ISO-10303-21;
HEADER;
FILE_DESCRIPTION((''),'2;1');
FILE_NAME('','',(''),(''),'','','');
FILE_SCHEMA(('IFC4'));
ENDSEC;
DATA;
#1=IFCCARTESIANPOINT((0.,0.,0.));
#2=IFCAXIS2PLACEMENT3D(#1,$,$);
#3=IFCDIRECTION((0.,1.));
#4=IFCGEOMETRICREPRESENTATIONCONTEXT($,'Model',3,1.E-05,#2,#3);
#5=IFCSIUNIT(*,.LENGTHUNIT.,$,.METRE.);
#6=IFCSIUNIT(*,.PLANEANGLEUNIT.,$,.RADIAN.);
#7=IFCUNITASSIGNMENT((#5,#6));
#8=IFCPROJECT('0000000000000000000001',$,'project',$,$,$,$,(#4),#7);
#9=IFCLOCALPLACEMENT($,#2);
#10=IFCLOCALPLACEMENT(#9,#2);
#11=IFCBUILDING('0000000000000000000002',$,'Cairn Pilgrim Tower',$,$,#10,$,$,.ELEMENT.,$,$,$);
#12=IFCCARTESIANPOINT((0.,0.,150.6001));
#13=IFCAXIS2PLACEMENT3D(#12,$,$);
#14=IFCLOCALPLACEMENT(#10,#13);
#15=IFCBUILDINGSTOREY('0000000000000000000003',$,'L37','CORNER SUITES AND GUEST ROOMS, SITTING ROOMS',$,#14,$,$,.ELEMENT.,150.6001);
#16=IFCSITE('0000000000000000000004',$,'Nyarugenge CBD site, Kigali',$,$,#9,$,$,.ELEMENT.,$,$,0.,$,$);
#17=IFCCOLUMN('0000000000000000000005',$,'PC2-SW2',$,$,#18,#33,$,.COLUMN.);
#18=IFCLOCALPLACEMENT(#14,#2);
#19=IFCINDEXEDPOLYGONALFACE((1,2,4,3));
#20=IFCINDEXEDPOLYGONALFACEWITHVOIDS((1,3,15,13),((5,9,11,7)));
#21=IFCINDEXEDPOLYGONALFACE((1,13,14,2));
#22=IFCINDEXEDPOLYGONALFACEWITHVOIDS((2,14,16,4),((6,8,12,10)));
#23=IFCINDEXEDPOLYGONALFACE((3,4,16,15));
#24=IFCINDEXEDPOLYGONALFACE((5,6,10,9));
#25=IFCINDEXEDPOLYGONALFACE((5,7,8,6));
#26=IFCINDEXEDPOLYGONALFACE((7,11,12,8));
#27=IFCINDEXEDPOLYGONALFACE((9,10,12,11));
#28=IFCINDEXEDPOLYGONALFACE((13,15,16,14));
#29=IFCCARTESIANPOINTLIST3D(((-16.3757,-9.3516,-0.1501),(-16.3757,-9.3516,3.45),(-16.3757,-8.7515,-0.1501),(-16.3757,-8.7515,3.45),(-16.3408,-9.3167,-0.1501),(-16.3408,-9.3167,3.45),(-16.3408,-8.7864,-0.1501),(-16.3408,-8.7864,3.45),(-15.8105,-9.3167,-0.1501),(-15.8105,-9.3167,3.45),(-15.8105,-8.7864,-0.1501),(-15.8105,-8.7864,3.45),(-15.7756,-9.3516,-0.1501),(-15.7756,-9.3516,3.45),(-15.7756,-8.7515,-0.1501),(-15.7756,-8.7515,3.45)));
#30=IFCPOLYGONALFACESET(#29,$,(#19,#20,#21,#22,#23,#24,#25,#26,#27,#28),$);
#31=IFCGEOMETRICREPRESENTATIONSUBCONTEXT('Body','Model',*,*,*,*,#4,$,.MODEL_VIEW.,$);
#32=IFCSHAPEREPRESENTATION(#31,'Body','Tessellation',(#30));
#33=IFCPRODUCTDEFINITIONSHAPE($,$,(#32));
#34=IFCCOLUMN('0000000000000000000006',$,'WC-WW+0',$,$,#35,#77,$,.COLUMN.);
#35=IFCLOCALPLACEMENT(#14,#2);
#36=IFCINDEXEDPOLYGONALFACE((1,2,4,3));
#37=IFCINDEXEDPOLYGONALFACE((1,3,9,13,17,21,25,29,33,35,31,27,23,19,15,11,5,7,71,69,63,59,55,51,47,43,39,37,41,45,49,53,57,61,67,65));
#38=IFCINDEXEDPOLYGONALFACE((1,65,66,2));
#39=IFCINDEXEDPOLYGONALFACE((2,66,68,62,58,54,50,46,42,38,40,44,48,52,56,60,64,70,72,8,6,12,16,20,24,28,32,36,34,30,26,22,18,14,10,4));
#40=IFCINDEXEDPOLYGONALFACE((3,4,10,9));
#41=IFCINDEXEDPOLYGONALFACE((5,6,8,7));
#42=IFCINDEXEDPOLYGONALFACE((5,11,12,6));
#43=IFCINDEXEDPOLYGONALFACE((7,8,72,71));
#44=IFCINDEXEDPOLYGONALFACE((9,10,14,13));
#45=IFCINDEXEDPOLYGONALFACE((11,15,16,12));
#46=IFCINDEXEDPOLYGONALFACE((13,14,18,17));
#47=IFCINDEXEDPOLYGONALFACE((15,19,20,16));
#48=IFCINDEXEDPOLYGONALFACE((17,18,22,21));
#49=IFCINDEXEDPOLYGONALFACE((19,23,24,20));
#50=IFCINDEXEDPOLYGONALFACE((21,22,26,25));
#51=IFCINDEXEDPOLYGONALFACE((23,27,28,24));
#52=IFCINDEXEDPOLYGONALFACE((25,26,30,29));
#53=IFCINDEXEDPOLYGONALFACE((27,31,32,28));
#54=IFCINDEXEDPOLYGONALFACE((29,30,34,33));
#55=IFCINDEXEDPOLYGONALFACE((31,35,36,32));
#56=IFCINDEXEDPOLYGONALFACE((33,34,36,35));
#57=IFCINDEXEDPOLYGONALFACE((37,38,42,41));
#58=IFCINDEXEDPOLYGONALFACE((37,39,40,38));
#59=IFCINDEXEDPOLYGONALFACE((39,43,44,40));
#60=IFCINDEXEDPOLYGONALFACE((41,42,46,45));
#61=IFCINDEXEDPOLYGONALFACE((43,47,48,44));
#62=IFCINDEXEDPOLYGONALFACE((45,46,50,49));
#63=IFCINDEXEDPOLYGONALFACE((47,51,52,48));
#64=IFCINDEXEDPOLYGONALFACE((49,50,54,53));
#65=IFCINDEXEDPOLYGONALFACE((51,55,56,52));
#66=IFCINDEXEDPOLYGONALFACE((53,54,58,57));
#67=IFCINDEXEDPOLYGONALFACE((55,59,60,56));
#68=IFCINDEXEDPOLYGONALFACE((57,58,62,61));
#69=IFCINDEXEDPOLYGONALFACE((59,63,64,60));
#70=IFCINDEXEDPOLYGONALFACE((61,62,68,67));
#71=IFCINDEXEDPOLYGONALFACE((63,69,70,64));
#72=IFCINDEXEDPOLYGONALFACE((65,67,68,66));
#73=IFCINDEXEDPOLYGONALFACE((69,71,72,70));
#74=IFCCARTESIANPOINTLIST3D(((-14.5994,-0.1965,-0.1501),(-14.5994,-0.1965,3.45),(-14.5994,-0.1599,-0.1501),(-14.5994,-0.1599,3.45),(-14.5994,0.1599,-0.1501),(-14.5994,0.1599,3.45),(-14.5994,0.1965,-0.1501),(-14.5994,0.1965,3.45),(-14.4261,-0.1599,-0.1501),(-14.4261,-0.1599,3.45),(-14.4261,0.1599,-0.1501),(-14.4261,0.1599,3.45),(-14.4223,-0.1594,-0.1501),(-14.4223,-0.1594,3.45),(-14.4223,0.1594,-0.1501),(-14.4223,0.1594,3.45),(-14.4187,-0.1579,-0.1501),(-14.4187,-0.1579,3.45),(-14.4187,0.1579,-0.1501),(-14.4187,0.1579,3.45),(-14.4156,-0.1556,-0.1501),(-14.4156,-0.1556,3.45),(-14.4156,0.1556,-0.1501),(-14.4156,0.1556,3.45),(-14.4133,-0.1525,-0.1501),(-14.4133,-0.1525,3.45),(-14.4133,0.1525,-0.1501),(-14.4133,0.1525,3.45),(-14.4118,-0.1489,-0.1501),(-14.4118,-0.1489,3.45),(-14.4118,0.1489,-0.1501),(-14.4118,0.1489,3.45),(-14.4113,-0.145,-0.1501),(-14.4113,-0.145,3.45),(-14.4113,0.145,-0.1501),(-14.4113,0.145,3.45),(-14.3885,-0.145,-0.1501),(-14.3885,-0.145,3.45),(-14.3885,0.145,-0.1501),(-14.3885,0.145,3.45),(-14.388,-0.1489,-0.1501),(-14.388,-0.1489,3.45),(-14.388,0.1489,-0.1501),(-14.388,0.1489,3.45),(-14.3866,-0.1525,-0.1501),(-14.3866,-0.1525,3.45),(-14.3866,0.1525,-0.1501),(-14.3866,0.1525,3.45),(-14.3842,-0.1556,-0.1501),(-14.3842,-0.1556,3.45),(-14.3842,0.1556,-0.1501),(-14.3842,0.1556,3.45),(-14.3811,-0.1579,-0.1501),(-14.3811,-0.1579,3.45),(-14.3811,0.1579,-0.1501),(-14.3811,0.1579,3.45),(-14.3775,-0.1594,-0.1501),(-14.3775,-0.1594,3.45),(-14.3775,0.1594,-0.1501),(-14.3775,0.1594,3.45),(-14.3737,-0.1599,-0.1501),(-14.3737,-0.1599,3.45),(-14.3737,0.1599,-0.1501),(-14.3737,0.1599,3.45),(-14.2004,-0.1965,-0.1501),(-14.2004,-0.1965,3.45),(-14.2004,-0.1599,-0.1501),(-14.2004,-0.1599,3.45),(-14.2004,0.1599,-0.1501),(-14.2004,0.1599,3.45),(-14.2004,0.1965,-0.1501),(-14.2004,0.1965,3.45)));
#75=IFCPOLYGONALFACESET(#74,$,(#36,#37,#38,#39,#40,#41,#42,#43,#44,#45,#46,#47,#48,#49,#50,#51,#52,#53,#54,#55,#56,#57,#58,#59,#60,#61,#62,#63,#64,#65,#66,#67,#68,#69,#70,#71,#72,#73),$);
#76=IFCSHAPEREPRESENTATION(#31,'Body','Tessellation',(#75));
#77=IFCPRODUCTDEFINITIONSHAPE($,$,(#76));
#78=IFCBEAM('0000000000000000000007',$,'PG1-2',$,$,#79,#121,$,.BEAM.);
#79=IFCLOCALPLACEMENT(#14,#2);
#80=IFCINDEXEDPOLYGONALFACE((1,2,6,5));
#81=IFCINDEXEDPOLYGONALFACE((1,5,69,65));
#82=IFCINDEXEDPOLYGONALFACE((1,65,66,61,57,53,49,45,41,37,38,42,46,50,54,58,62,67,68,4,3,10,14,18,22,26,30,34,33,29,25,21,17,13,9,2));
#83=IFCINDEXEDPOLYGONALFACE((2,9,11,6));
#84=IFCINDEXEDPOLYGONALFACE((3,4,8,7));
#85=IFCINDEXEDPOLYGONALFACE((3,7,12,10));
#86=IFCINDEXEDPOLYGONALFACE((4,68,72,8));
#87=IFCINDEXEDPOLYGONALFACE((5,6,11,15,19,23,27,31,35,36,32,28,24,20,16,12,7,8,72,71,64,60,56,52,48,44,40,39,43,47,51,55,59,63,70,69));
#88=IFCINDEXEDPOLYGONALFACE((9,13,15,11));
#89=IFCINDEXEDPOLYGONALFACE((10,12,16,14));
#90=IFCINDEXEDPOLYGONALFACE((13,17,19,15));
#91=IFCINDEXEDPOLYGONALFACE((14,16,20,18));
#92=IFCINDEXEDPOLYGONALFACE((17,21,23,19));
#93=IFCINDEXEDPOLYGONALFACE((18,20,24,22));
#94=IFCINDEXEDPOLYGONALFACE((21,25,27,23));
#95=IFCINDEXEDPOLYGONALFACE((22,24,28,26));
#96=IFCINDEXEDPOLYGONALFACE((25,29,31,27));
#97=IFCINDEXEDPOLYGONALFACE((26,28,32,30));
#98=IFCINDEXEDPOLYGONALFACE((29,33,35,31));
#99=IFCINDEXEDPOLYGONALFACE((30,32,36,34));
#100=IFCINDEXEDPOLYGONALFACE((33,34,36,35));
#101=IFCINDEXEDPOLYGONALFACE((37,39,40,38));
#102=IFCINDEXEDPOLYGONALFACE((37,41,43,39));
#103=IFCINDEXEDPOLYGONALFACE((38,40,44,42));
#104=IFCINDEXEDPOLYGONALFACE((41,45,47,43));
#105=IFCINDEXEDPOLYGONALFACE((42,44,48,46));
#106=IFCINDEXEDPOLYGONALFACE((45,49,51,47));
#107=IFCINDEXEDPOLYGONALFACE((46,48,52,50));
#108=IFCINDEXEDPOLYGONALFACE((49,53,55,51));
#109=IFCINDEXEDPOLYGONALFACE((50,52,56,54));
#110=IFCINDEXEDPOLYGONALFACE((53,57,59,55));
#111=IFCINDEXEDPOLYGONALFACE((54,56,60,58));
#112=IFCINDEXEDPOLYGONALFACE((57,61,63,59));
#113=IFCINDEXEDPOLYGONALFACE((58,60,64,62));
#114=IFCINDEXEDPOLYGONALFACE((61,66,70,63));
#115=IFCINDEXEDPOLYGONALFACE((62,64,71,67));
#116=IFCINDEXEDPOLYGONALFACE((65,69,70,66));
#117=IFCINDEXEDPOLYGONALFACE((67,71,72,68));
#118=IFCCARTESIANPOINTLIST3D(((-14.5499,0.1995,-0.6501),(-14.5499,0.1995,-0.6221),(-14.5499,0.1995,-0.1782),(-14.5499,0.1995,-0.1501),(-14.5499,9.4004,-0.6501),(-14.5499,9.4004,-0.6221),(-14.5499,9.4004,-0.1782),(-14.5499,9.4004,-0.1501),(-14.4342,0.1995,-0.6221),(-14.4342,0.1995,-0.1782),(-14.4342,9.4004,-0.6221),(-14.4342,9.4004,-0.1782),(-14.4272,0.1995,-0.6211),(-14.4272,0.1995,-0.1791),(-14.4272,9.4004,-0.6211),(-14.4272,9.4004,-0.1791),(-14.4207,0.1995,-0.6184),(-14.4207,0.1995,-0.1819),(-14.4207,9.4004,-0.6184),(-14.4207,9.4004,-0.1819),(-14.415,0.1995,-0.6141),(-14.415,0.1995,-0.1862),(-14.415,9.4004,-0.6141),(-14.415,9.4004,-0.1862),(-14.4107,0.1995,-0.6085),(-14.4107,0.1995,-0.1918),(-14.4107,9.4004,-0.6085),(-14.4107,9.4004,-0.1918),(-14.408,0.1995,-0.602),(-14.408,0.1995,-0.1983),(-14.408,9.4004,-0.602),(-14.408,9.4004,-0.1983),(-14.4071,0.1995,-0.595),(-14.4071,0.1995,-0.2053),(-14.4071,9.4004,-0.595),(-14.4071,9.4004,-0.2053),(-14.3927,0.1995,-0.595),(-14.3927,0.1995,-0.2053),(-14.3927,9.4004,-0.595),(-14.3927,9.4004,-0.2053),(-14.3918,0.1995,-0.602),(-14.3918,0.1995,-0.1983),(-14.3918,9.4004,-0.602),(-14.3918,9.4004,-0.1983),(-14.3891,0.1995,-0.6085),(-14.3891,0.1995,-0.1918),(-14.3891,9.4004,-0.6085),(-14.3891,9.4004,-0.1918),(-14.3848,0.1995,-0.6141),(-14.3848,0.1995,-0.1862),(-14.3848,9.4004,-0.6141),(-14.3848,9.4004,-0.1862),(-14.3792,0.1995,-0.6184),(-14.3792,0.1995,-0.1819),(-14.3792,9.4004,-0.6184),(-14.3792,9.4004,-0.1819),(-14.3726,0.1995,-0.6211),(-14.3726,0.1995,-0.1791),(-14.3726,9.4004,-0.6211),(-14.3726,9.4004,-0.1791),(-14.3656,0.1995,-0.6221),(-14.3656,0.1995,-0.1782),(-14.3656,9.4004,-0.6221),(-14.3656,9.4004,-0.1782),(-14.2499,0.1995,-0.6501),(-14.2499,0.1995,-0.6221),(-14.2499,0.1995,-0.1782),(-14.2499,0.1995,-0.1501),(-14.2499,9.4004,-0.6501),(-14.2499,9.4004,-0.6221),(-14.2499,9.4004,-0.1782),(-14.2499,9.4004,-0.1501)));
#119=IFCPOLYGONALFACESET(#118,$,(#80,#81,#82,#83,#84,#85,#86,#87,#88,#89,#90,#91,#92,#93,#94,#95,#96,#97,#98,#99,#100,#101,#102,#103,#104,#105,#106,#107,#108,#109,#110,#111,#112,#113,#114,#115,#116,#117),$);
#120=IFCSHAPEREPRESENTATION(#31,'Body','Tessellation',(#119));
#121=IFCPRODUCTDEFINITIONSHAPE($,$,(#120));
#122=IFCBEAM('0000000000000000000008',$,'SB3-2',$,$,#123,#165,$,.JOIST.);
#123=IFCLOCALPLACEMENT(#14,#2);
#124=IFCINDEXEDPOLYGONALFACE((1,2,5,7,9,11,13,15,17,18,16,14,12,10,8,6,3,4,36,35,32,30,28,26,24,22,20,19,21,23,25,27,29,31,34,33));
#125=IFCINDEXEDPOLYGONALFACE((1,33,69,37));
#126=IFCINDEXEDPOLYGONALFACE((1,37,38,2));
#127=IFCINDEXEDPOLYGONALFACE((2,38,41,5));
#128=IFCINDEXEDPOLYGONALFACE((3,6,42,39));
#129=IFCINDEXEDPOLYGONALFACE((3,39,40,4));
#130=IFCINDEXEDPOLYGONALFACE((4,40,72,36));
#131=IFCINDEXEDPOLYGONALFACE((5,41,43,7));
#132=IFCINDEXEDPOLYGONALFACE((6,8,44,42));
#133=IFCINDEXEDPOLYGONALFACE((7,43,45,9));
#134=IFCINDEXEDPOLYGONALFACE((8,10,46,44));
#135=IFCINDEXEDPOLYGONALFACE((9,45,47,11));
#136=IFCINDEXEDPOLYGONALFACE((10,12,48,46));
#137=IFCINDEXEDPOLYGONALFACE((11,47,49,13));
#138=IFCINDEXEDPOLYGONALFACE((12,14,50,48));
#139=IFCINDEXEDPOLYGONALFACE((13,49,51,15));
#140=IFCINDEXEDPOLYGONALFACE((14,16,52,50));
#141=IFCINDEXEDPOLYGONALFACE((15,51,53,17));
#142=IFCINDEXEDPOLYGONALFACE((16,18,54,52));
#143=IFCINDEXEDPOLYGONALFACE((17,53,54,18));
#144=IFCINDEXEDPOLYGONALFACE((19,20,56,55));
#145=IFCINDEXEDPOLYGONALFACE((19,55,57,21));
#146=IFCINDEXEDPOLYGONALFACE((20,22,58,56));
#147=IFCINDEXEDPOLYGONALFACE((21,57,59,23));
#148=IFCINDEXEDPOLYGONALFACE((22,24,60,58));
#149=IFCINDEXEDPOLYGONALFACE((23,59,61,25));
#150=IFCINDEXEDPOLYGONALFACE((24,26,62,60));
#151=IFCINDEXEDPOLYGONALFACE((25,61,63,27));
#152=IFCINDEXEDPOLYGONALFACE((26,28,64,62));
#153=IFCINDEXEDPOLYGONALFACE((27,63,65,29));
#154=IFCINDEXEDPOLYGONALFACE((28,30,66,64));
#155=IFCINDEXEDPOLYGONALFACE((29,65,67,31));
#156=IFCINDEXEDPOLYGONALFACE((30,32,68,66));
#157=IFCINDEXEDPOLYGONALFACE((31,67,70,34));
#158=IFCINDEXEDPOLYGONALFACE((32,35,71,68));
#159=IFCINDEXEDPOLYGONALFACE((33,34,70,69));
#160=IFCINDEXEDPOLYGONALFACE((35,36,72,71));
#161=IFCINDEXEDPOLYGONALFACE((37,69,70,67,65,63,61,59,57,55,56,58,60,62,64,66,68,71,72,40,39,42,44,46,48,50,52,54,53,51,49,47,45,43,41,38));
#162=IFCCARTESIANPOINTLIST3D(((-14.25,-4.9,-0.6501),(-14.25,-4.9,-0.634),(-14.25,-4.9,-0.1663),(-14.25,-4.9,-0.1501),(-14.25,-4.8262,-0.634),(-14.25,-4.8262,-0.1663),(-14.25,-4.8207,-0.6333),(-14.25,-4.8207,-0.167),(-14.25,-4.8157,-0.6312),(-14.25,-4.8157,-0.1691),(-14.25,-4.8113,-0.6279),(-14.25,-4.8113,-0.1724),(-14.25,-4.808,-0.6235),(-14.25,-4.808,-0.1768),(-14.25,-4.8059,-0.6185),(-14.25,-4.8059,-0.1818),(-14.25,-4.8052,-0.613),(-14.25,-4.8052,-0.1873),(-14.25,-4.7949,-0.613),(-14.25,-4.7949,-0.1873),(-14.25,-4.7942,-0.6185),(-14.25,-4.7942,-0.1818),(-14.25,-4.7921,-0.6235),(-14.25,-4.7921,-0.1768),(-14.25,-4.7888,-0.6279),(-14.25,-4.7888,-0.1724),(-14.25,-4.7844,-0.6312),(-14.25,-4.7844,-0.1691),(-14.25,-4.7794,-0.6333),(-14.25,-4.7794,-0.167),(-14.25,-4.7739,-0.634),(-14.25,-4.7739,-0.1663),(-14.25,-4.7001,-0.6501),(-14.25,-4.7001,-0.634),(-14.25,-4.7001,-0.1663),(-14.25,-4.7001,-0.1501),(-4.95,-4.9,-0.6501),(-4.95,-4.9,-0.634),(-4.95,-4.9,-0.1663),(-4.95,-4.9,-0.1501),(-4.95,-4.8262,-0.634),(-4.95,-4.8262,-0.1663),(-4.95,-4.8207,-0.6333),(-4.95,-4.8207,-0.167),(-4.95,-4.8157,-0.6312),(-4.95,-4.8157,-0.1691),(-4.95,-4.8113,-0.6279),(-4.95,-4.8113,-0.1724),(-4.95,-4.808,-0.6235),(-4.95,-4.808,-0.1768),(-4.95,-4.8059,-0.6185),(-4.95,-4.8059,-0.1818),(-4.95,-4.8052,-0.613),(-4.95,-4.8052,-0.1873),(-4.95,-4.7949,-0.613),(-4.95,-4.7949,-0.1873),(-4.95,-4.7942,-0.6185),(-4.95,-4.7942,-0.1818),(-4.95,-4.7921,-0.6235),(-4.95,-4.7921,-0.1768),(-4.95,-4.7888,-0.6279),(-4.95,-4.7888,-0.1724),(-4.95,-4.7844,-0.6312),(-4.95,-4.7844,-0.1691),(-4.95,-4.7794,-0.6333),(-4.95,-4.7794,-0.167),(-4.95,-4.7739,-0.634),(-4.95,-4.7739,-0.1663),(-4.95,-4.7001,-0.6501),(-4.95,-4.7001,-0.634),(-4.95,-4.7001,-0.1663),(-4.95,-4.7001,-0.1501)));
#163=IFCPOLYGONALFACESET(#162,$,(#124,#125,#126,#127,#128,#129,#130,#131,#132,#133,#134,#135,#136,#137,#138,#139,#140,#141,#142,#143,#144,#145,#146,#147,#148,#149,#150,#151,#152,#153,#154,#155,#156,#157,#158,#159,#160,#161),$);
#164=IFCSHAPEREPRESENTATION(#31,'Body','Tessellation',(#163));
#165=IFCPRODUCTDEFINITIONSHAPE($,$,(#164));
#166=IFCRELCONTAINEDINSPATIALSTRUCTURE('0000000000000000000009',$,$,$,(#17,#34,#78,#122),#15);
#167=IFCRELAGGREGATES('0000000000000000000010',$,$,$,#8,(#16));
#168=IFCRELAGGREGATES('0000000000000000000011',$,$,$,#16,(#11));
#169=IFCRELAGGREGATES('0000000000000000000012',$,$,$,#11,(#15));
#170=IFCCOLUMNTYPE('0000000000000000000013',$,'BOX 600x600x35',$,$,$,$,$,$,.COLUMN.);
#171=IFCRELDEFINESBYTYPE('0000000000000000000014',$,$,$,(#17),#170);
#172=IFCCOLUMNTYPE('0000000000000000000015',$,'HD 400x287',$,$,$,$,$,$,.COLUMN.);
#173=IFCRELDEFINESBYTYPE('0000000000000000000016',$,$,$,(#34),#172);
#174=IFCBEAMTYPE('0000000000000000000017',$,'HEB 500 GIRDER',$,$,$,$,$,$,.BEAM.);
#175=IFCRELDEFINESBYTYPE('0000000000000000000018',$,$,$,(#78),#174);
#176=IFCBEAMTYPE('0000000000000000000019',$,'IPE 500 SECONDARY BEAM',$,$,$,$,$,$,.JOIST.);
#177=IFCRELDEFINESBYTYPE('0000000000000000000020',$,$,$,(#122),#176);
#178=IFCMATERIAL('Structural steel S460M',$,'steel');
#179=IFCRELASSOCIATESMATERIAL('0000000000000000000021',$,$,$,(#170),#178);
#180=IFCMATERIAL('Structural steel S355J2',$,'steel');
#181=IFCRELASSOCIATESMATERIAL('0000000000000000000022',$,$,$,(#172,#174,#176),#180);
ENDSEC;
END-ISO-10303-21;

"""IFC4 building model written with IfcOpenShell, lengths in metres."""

from ifc_helpers import new_model, si_unit, direction, frame, origin, origin_2d, place, context, subcontext, project, spatial, hollow_rectangle, i_section, extrude, material, material_profile, profile_set, type_object, element, save


model = new_model("IFC4")

# Units and contexts
model_context = context("Model", 3, precision=1e-05, world=origin(), true_north=direction((0.0, 1.0)))
body_context = subcontext(model_context, "Body", "Model", "MODEL_VIEW")
ifc_project = project(units=[si_unit("LENGTHUNIT", "METRE"), si_unit("PLANEANGLEUNIT", "RADIAN")], contexts=[model_context])

# Site, building, storey
site_placement = place(None, origin())
site = spatial("IfcSite", under=ifc_project, at=site_placement, Name="Nyarugenge CBD site, Kigali", CompositionType="ELEMENT", RefElevation=0.0)
building_placement = place(site_placement, origin())
building = spatial("IfcBuilding", under=site, at=building_placement, Name="Cairn Pilgrim Tower", CompositionType="ELEMENT")
storey_placement = place(building_placement, frame((0.0, 0.0, 150.6001)))
storey = spatial("IfcBuildingStorey", under=building, at=storey_placement, Name="L37", Description="CORNER SUITES AND GUEST ROOMS, SITTING ROOMS", CompositionType="ELEMENT", Elevation=150.6001)

# Columns
ifc_material_1 = material(Name="Structural steel S460M", Category="steel")
ifc_material_profile_1 = material_profile(ifc_material_1, hollow_rectangle(XDim=0.6001, YDim=0.6001, WallThickness=0.0349, at=origin_2d()), Name="BOX 600x600x35")
ifc_profile_set_1 = profile_set([ifc_material_profile_1], Name="Structural steel S460M")
column_type_1 = type_object("IfcColumnType", Name="BOX 600x600x35", PredefinedType="COLUMN", material=ifc_profile_set_1)
column_1_placement = place(storey_placement, frame((-16.0757, -9.0515, -0.1501), z_axis=(0.0, 0.0, 1.0), x_axis=(1.0, 0.0, 0.0)))
element("IfcColumn", 1, at=column_1_placement, inside=storey, type_object=column_type_1, Name="PC2-SW2", PredefinedType="COLUMN", context=body_context, shape_type="SweptSolid", body=[
    extrude(hollow_rectangle(XDim=0.6001, YDim=0.6001, WallThickness=0.0349, at=origin_2d()), origin(), (0.0, 0.0, 1.0), 3.6001),
])
ifc_material_2 = material(Name="Structural steel S355J2", Category="steel")
ifc_material_profile_2 = material_profile(ifc_material_2, i_section(OverallWidth=0.3989, OverallDepth=0.3931, WebThickness=0.0227, FlangeThickness=0.0366, FilletRadius=0.0149, at=origin_2d()), Name="HD 400x287")
ifc_profile_set_2 = profile_set([ifc_material_profile_2], Name="Structural steel S355J2")
column_type_2 = type_object("IfcColumnType", Name="HD 400x287", PredefinedType="COLUMN", material=ifc_profile_set_2)
column_2_placement = place(storey_placement, frame((-14.3999, 0.0, -0.1501), z_axis=(0.0, 0.0, 1.0), x_axis=(1.0, 0.0, 0.0)))
element("IfcColumn", 2, at=column_2_placement, inside=storey, type_object=column_type_2, Name="WC-WW+0", PredefinedType="COLUMN", context=body_context, shape_type="SweptSolid", body=[
    extrude(i_section(OverallWidth=0.3989, OverallDepth=0.3931, WebThickness=0.0227, FlangeThickness=0.0366, FilletRadius=0.0149, at=origin_2d()), origin(), (0.0, 0.0, 1.0), 3.6001),
])

# Beams
ifc_material_profile_3 = material_profile(ifc_material_2, i_section(OverallWidth=0.3, OverallDepth=0.5, WebThickness=0.0144, FlangeThickness=0.0281, FilletRadius=0.0271, at=origin_2d()), Name="HEB 500")
ifc_profile_set_3 = profile_set([ifc_material_profile_3], Name="Structural steel S355J2")
beam_type_1 = type_object("IfcBeamType", Name="HEB 500 GIRDER", PredefinedType="BEAM", material=ifc_profile_set_3)
beam_placement = place(storey_placement, frame((-14.3999, 0.1995, -0.4001), z_axis=(0.0, 1.0, 0.0), x_axis=(-1.0, 0.0, 0.0)))
element("IfcBeam", 3, at=beam_placement, inside=storey, type_object=beam_type_1, Name="PG1-2", PredefinedType="BEAM", context=body_context, shape_type="SweptSolid", body=[
    extrude(i_section(OverallWidth=0.3, OverallDepth=0.5, WebThickness=0.0144, FlangeThickness=0.0281, FilletRadius=0.0271, at=origin_2d()), origin(), (0.0, 0.0, 1.0), 9.2009),
])
ifc_material_profile_4 = material_profile(ifc_material_2, i_section(OverallWidth=0.2, OverallDepth=0.5, WebThickness=0.0103, FlangeThickness=0.0161, FilletRadius=0.021, at=origin_2d()), Name="IPE 500")
ifc_profile_set_4 = profile_set([ifc_material_profile_4], Name="Structural steel S355J2")
beam_type_2 = type_object("IfcBeamType", Name="IPE 500 SECONDARY BEAM", PredefinedType="JOIST", material=ifc_profile_set_4)
for number, where, z_axis, x_axis, name in (
    (4, (-14.25, -4.8, -0.4001), (1.0, 0.0, 0.0), (0.0, 1.0, 0.0), "SB3-2"),
):
    element("IfcBeam", number, at=place(storey_placement, frame(where, z_axis=z_axis, x_axis=x_axis)), inside=storey, type_object=beam_type_2, Name=name, PredefinedType="JOIST", context=body_context, shape_type="SweptSolid", body=[
        extrude(i_section(OverallWidth=0.2, OverallDepth=0.5, WebThickness=0.0103, FlangeThickness=0.0161, FilletRadius=0.021, at=origin_2d()), origin(), (0.0, 0.0, 1.0), 9.3),
    ])

save(model, "model.ifc")
